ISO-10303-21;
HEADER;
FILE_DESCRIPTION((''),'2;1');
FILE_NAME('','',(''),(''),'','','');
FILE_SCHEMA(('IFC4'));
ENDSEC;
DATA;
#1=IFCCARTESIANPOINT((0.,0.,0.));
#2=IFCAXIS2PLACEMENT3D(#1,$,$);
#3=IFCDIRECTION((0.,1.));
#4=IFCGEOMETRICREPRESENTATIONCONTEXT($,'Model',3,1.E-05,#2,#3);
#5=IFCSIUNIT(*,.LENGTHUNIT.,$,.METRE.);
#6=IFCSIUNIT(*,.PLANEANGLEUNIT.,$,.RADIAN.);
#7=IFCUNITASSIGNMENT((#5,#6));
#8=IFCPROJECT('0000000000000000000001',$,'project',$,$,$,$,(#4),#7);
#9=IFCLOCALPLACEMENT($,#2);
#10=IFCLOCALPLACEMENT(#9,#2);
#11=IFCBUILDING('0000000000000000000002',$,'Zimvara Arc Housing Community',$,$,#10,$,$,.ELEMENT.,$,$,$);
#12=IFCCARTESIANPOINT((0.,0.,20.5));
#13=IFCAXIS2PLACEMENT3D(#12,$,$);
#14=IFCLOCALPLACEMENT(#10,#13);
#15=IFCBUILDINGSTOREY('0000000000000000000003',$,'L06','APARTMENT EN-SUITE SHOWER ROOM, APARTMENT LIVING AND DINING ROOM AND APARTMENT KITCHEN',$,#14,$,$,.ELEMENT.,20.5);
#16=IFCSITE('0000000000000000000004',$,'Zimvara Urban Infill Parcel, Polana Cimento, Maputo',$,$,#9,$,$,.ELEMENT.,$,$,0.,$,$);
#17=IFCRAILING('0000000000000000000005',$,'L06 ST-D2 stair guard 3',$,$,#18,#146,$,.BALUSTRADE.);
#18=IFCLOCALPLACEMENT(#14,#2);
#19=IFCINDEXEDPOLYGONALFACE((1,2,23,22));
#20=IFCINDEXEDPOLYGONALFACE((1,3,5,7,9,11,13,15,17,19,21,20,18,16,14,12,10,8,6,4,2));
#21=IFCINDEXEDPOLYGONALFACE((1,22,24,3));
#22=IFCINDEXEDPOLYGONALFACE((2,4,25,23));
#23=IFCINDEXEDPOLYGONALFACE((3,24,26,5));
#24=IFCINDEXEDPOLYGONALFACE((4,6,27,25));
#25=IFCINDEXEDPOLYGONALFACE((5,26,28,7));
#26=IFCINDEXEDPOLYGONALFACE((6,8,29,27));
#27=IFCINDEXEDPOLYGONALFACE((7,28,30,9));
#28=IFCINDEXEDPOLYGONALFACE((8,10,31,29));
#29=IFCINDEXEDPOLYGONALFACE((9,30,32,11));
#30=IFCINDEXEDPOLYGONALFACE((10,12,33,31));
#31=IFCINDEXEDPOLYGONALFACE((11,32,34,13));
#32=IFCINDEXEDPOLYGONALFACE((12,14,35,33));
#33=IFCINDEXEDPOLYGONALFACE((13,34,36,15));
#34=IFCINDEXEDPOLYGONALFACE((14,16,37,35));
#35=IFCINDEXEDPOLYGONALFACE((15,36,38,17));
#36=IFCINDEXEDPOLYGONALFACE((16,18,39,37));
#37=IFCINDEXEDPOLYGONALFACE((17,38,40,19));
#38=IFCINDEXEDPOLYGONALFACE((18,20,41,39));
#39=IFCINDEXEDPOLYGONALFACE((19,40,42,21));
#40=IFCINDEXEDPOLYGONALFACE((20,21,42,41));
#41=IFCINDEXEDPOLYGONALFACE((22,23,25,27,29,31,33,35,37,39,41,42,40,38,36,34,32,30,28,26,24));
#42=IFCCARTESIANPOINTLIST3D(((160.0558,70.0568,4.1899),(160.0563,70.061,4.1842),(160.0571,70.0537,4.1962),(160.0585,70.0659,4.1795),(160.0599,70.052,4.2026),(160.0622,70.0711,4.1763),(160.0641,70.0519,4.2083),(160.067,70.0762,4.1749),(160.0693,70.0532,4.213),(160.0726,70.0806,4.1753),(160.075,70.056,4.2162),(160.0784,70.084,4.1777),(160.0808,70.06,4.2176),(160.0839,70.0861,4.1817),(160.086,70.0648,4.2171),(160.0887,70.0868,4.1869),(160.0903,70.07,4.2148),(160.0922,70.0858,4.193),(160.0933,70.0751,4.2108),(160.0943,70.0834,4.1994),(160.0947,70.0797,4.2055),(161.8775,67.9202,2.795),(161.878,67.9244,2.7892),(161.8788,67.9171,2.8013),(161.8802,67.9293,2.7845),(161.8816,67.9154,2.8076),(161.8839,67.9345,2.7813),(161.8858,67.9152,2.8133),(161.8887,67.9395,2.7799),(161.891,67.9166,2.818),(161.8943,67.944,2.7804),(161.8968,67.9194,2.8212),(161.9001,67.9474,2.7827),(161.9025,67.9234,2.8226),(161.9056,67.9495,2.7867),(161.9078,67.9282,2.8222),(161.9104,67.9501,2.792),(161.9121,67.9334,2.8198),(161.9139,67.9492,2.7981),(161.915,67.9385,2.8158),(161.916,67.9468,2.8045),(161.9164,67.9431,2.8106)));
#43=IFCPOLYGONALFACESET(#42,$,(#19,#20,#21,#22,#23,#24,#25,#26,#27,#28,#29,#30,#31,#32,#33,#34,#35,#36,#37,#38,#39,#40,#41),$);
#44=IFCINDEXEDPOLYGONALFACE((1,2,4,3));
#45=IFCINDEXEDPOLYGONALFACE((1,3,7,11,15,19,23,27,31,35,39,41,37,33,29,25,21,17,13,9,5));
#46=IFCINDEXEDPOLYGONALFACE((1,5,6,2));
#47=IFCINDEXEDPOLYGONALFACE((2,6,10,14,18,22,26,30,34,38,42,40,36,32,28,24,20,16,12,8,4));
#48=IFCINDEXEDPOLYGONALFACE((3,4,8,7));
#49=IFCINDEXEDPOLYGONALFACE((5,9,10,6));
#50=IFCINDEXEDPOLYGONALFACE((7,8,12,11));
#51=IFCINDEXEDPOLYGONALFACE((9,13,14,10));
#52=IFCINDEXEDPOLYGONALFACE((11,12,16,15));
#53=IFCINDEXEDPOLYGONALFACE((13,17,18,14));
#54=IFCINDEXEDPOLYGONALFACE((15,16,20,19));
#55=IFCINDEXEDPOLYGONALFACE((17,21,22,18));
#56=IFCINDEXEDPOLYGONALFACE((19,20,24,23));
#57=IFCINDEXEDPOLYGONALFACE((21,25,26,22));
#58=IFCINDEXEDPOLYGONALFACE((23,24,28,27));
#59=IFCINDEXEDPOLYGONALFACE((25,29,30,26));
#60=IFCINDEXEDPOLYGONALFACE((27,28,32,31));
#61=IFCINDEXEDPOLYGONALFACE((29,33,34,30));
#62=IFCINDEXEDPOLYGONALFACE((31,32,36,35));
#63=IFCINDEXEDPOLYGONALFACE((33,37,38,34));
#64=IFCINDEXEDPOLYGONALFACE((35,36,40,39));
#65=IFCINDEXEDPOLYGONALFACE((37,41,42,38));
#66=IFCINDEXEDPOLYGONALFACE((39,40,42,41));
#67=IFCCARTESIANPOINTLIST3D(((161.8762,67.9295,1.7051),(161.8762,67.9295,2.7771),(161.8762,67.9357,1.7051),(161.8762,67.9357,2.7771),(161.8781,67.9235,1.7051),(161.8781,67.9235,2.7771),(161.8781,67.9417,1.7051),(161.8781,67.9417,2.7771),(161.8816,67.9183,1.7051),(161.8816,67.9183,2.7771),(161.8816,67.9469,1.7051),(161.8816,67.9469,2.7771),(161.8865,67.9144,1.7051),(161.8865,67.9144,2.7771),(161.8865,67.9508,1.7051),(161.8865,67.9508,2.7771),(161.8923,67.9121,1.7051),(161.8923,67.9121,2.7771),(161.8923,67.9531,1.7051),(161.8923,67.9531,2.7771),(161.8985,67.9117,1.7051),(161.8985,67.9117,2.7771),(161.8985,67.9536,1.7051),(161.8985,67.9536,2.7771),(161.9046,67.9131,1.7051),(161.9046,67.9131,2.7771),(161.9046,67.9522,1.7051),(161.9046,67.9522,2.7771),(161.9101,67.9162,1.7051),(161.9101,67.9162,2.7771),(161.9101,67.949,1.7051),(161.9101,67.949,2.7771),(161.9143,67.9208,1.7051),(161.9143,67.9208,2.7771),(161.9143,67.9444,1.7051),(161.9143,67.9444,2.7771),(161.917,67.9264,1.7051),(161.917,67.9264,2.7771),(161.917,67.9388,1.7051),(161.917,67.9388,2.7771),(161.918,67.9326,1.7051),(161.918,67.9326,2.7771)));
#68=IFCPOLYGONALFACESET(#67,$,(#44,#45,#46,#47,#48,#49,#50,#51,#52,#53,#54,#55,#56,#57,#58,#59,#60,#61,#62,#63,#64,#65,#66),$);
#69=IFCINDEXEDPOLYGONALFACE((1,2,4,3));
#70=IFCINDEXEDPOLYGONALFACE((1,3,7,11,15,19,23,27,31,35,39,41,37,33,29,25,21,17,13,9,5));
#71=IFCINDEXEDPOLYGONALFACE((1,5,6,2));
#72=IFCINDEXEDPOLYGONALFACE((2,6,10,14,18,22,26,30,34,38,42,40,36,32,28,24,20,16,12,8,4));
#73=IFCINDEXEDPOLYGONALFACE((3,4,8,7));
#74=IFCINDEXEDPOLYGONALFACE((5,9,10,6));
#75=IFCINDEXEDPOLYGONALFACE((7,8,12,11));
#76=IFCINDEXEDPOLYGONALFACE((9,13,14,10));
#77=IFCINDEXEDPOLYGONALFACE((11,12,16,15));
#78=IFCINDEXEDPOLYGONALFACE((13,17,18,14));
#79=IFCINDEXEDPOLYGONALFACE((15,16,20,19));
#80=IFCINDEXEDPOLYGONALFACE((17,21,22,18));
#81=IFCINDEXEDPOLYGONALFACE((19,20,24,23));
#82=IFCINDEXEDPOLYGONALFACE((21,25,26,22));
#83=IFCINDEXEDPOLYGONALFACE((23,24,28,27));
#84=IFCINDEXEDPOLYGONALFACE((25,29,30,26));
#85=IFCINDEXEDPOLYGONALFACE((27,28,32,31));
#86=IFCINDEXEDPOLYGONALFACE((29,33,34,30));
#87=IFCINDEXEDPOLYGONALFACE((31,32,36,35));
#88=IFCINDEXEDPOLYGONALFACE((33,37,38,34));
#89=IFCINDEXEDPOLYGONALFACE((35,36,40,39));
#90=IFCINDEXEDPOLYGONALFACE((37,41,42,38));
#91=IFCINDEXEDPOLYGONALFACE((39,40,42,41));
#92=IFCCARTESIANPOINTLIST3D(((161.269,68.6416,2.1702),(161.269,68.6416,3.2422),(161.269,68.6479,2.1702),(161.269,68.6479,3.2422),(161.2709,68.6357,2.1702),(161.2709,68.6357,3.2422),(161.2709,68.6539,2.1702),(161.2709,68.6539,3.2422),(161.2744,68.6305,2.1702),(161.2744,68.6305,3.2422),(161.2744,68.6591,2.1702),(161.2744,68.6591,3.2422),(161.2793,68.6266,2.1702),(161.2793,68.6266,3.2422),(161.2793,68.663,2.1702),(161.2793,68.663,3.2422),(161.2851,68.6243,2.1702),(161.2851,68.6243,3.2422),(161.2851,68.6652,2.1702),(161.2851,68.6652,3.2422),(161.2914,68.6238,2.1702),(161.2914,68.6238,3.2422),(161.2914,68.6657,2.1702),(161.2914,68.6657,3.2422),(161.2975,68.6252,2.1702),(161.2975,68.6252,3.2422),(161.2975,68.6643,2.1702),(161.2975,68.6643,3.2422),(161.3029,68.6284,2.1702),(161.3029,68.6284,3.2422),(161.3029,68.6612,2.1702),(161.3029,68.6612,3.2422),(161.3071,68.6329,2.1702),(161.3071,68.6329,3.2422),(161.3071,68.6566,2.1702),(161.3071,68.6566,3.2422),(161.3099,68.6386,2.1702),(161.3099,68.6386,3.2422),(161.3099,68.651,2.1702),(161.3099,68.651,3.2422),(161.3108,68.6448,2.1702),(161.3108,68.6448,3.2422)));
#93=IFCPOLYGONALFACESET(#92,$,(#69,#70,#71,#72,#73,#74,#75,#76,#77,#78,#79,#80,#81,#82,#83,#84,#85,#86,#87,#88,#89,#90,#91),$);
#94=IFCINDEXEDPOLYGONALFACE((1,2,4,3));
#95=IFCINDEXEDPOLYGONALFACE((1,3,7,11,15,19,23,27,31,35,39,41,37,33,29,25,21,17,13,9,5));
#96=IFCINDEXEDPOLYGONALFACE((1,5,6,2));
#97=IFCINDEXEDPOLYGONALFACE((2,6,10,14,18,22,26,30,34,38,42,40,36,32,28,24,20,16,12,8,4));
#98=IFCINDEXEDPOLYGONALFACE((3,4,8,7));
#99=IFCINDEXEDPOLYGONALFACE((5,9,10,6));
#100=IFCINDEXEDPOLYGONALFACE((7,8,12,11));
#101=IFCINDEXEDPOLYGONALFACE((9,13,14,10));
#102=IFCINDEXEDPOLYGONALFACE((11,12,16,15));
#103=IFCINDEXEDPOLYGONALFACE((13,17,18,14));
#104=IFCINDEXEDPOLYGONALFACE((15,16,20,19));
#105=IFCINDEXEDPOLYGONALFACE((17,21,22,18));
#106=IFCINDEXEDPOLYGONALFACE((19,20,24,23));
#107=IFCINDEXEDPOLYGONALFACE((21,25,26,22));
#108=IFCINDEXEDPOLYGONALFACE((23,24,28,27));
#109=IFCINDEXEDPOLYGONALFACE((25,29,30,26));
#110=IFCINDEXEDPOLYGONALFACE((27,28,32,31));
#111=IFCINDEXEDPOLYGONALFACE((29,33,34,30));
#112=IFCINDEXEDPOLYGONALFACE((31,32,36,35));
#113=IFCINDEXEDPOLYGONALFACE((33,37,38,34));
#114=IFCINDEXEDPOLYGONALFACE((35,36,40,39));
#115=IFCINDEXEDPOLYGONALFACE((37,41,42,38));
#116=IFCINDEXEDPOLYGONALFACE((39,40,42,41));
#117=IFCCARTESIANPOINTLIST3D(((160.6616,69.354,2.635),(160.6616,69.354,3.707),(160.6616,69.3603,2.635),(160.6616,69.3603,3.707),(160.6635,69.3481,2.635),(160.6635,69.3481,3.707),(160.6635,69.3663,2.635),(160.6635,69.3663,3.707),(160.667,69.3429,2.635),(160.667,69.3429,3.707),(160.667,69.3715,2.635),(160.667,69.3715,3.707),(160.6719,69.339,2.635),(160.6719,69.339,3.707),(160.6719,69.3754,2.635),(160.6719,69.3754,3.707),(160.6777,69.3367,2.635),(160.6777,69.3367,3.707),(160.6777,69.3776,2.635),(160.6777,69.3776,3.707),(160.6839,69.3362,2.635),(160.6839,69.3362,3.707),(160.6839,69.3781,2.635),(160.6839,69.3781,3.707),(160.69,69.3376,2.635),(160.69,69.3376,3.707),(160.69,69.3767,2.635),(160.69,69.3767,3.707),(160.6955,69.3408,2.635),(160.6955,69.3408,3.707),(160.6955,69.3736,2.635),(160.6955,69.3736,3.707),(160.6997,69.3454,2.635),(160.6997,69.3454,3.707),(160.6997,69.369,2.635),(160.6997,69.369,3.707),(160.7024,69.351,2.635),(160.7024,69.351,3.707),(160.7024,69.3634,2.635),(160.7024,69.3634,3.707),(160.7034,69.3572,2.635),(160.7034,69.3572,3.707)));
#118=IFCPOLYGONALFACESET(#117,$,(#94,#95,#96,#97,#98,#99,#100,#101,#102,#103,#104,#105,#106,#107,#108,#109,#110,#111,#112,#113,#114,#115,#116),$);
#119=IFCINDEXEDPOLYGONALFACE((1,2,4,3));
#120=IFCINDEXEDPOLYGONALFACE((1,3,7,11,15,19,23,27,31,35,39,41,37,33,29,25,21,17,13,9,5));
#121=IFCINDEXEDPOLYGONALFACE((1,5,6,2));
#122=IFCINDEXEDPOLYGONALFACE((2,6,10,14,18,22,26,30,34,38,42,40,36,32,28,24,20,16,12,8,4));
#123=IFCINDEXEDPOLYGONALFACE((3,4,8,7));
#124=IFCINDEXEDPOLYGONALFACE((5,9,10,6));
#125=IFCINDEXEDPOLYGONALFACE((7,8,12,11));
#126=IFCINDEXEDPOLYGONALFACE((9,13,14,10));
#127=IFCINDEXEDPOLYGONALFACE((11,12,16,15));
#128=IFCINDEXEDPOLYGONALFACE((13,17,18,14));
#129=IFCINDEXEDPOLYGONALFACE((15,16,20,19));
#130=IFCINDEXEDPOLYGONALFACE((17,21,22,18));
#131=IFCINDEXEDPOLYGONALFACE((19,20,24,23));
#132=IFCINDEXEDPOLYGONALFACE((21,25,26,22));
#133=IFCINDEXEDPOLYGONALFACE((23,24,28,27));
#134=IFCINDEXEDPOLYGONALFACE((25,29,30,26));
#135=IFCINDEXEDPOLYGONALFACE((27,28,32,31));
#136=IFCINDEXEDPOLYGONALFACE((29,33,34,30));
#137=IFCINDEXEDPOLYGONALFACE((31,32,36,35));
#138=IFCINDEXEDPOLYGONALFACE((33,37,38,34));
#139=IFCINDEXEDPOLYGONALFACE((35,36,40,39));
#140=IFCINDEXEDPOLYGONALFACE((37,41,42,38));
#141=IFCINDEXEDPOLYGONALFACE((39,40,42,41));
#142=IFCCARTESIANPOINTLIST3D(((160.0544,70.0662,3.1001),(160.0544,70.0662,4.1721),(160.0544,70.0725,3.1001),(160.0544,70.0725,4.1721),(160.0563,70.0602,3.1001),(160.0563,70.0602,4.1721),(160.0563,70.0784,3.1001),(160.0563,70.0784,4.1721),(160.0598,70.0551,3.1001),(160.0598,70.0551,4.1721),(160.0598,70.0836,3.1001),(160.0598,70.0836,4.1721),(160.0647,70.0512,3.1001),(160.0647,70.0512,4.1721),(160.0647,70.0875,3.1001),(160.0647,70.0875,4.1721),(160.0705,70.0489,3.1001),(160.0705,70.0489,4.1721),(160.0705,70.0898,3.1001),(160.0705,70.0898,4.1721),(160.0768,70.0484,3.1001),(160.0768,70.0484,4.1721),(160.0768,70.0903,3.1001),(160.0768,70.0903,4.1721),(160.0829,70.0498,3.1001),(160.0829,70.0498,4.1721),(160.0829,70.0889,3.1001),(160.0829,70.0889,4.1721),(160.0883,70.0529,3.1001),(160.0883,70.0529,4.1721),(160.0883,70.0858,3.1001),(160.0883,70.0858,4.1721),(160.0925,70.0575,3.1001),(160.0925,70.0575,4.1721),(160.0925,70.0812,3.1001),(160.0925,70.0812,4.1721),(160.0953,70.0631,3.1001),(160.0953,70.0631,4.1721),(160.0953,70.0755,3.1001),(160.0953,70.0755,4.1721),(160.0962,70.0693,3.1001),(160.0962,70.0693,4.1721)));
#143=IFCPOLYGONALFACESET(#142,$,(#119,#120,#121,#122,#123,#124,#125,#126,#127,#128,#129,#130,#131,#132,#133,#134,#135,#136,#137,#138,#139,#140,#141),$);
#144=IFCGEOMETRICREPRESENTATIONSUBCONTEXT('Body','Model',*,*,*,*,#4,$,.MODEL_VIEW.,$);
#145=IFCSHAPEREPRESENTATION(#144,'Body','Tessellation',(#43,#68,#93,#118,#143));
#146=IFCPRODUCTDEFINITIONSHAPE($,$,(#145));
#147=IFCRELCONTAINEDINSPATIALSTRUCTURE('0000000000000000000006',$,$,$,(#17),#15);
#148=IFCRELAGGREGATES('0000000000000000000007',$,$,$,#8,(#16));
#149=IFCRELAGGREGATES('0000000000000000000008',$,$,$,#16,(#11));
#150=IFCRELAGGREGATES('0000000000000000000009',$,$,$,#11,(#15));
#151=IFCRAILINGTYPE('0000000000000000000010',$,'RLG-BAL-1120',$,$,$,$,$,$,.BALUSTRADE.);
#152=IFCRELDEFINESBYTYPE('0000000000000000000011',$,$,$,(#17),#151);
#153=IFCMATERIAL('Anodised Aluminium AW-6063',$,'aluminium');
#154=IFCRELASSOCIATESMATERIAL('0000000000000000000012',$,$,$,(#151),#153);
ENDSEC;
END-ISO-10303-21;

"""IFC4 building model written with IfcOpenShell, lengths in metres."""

from ifc_helpers import new_model, si_unit, direction, frame, origin, origin_2d, place, context, subcontext, project, spatial, circle, extrude, material, type_object, element, save


model = new_model("IFC4")

# Units and contexts
model_context = context("Model", 3, precision=1e-05, world=origin(), true_north=direction((0.0, 1.0)))
body_context = subcontext(model_context, "Body", "Model", "MODEL_VIEW")
ifc_project = project(units=[si_unit("LENGTHUNIT", "METRE"), si_unit("PLANEANGLEUNIT", "RADIAN")], contexts=[model_context])

# Site, building, storey
site_placement = place(None, origin())
site = spatial("IfcSite", under=ifc_project, at=site_placement, Name="Zimvara Urban Infill Parcel, Polana Cimento, Maputo", CompositionType="ELEMENT", RefElevation=0.0)
building_placement = place(site_placement, origin())
building = spatial("IfcBuilding", under=site, at=building_placement, Name="Zimvara Arc Housing Community", CompositionType="ELEMENT")
storey_placement = place(building_placement, frame((0.0, 0.0, 20.5)))
storey = spatial("IfcBuildingStorey", under=building, at=storey_placement, Name="L06", Description="APARTMENT EN-SUITE SHOWER ROOM, APARTMENT LIVING AND DINING ROOM AND APARTMENT KITCHEN", CompositionType="ELEMENT", Elevation=20.5)

# Railing
ifc_material_1 = material(Name="Anodised Aluminium AW-6063", Category="aluminium")
railing_type_1 = type_object("IfcRailingType", Name="RLG-BAL-1120", PredefinedType="BALUSTRADE", material=ifc_material_1)
railing_1_placement = place(storey_placement, frame((161.897, 67.9326, 1.7051)))
element("IfcRailing", 1, at=railing_1_placement, inside=storey, type_object=railing_type_1, Name="L06 ST-D2 stair guard 3", PredefinedType="BALUSTRADE", context=body_context, shape_type="SweptSolid", body=[
    extrude(circle(Radius=0.0239, at=origin_2d()), frame((0.0, 0.0, 1.0962), z_axis=(-0.581041, 0.681489, 0.44493), x_axis=(-0.76096, -0.648799, 0.0)), (0.0, 0.0, 1.0), 3.1353),
    extrude(circle(Radius=0.021, at=origin_2d()), origin(), (0.0, 0.0, 1.0), 1.072),
    extrude(circle(Radius=0.021, at=origin_2d()), frame((-0.6072, 0.7122, 0.4651)), (0.0, 0.0, 1.0), 1.072),
    extrude(circle(Radius=0.021, at=origin_2d()), frame((-1.2146, 1.4246, 0.9299)), (0.0, 0.0, 1.0), 1.072),
    extrude(circle(Radius=0.021, at=origin_2d()), frame((-1.8218, 2.1367, 1.395)), (0.0, 0.0, 1.0), 1.072),
])

save(model, "model.ifc")
